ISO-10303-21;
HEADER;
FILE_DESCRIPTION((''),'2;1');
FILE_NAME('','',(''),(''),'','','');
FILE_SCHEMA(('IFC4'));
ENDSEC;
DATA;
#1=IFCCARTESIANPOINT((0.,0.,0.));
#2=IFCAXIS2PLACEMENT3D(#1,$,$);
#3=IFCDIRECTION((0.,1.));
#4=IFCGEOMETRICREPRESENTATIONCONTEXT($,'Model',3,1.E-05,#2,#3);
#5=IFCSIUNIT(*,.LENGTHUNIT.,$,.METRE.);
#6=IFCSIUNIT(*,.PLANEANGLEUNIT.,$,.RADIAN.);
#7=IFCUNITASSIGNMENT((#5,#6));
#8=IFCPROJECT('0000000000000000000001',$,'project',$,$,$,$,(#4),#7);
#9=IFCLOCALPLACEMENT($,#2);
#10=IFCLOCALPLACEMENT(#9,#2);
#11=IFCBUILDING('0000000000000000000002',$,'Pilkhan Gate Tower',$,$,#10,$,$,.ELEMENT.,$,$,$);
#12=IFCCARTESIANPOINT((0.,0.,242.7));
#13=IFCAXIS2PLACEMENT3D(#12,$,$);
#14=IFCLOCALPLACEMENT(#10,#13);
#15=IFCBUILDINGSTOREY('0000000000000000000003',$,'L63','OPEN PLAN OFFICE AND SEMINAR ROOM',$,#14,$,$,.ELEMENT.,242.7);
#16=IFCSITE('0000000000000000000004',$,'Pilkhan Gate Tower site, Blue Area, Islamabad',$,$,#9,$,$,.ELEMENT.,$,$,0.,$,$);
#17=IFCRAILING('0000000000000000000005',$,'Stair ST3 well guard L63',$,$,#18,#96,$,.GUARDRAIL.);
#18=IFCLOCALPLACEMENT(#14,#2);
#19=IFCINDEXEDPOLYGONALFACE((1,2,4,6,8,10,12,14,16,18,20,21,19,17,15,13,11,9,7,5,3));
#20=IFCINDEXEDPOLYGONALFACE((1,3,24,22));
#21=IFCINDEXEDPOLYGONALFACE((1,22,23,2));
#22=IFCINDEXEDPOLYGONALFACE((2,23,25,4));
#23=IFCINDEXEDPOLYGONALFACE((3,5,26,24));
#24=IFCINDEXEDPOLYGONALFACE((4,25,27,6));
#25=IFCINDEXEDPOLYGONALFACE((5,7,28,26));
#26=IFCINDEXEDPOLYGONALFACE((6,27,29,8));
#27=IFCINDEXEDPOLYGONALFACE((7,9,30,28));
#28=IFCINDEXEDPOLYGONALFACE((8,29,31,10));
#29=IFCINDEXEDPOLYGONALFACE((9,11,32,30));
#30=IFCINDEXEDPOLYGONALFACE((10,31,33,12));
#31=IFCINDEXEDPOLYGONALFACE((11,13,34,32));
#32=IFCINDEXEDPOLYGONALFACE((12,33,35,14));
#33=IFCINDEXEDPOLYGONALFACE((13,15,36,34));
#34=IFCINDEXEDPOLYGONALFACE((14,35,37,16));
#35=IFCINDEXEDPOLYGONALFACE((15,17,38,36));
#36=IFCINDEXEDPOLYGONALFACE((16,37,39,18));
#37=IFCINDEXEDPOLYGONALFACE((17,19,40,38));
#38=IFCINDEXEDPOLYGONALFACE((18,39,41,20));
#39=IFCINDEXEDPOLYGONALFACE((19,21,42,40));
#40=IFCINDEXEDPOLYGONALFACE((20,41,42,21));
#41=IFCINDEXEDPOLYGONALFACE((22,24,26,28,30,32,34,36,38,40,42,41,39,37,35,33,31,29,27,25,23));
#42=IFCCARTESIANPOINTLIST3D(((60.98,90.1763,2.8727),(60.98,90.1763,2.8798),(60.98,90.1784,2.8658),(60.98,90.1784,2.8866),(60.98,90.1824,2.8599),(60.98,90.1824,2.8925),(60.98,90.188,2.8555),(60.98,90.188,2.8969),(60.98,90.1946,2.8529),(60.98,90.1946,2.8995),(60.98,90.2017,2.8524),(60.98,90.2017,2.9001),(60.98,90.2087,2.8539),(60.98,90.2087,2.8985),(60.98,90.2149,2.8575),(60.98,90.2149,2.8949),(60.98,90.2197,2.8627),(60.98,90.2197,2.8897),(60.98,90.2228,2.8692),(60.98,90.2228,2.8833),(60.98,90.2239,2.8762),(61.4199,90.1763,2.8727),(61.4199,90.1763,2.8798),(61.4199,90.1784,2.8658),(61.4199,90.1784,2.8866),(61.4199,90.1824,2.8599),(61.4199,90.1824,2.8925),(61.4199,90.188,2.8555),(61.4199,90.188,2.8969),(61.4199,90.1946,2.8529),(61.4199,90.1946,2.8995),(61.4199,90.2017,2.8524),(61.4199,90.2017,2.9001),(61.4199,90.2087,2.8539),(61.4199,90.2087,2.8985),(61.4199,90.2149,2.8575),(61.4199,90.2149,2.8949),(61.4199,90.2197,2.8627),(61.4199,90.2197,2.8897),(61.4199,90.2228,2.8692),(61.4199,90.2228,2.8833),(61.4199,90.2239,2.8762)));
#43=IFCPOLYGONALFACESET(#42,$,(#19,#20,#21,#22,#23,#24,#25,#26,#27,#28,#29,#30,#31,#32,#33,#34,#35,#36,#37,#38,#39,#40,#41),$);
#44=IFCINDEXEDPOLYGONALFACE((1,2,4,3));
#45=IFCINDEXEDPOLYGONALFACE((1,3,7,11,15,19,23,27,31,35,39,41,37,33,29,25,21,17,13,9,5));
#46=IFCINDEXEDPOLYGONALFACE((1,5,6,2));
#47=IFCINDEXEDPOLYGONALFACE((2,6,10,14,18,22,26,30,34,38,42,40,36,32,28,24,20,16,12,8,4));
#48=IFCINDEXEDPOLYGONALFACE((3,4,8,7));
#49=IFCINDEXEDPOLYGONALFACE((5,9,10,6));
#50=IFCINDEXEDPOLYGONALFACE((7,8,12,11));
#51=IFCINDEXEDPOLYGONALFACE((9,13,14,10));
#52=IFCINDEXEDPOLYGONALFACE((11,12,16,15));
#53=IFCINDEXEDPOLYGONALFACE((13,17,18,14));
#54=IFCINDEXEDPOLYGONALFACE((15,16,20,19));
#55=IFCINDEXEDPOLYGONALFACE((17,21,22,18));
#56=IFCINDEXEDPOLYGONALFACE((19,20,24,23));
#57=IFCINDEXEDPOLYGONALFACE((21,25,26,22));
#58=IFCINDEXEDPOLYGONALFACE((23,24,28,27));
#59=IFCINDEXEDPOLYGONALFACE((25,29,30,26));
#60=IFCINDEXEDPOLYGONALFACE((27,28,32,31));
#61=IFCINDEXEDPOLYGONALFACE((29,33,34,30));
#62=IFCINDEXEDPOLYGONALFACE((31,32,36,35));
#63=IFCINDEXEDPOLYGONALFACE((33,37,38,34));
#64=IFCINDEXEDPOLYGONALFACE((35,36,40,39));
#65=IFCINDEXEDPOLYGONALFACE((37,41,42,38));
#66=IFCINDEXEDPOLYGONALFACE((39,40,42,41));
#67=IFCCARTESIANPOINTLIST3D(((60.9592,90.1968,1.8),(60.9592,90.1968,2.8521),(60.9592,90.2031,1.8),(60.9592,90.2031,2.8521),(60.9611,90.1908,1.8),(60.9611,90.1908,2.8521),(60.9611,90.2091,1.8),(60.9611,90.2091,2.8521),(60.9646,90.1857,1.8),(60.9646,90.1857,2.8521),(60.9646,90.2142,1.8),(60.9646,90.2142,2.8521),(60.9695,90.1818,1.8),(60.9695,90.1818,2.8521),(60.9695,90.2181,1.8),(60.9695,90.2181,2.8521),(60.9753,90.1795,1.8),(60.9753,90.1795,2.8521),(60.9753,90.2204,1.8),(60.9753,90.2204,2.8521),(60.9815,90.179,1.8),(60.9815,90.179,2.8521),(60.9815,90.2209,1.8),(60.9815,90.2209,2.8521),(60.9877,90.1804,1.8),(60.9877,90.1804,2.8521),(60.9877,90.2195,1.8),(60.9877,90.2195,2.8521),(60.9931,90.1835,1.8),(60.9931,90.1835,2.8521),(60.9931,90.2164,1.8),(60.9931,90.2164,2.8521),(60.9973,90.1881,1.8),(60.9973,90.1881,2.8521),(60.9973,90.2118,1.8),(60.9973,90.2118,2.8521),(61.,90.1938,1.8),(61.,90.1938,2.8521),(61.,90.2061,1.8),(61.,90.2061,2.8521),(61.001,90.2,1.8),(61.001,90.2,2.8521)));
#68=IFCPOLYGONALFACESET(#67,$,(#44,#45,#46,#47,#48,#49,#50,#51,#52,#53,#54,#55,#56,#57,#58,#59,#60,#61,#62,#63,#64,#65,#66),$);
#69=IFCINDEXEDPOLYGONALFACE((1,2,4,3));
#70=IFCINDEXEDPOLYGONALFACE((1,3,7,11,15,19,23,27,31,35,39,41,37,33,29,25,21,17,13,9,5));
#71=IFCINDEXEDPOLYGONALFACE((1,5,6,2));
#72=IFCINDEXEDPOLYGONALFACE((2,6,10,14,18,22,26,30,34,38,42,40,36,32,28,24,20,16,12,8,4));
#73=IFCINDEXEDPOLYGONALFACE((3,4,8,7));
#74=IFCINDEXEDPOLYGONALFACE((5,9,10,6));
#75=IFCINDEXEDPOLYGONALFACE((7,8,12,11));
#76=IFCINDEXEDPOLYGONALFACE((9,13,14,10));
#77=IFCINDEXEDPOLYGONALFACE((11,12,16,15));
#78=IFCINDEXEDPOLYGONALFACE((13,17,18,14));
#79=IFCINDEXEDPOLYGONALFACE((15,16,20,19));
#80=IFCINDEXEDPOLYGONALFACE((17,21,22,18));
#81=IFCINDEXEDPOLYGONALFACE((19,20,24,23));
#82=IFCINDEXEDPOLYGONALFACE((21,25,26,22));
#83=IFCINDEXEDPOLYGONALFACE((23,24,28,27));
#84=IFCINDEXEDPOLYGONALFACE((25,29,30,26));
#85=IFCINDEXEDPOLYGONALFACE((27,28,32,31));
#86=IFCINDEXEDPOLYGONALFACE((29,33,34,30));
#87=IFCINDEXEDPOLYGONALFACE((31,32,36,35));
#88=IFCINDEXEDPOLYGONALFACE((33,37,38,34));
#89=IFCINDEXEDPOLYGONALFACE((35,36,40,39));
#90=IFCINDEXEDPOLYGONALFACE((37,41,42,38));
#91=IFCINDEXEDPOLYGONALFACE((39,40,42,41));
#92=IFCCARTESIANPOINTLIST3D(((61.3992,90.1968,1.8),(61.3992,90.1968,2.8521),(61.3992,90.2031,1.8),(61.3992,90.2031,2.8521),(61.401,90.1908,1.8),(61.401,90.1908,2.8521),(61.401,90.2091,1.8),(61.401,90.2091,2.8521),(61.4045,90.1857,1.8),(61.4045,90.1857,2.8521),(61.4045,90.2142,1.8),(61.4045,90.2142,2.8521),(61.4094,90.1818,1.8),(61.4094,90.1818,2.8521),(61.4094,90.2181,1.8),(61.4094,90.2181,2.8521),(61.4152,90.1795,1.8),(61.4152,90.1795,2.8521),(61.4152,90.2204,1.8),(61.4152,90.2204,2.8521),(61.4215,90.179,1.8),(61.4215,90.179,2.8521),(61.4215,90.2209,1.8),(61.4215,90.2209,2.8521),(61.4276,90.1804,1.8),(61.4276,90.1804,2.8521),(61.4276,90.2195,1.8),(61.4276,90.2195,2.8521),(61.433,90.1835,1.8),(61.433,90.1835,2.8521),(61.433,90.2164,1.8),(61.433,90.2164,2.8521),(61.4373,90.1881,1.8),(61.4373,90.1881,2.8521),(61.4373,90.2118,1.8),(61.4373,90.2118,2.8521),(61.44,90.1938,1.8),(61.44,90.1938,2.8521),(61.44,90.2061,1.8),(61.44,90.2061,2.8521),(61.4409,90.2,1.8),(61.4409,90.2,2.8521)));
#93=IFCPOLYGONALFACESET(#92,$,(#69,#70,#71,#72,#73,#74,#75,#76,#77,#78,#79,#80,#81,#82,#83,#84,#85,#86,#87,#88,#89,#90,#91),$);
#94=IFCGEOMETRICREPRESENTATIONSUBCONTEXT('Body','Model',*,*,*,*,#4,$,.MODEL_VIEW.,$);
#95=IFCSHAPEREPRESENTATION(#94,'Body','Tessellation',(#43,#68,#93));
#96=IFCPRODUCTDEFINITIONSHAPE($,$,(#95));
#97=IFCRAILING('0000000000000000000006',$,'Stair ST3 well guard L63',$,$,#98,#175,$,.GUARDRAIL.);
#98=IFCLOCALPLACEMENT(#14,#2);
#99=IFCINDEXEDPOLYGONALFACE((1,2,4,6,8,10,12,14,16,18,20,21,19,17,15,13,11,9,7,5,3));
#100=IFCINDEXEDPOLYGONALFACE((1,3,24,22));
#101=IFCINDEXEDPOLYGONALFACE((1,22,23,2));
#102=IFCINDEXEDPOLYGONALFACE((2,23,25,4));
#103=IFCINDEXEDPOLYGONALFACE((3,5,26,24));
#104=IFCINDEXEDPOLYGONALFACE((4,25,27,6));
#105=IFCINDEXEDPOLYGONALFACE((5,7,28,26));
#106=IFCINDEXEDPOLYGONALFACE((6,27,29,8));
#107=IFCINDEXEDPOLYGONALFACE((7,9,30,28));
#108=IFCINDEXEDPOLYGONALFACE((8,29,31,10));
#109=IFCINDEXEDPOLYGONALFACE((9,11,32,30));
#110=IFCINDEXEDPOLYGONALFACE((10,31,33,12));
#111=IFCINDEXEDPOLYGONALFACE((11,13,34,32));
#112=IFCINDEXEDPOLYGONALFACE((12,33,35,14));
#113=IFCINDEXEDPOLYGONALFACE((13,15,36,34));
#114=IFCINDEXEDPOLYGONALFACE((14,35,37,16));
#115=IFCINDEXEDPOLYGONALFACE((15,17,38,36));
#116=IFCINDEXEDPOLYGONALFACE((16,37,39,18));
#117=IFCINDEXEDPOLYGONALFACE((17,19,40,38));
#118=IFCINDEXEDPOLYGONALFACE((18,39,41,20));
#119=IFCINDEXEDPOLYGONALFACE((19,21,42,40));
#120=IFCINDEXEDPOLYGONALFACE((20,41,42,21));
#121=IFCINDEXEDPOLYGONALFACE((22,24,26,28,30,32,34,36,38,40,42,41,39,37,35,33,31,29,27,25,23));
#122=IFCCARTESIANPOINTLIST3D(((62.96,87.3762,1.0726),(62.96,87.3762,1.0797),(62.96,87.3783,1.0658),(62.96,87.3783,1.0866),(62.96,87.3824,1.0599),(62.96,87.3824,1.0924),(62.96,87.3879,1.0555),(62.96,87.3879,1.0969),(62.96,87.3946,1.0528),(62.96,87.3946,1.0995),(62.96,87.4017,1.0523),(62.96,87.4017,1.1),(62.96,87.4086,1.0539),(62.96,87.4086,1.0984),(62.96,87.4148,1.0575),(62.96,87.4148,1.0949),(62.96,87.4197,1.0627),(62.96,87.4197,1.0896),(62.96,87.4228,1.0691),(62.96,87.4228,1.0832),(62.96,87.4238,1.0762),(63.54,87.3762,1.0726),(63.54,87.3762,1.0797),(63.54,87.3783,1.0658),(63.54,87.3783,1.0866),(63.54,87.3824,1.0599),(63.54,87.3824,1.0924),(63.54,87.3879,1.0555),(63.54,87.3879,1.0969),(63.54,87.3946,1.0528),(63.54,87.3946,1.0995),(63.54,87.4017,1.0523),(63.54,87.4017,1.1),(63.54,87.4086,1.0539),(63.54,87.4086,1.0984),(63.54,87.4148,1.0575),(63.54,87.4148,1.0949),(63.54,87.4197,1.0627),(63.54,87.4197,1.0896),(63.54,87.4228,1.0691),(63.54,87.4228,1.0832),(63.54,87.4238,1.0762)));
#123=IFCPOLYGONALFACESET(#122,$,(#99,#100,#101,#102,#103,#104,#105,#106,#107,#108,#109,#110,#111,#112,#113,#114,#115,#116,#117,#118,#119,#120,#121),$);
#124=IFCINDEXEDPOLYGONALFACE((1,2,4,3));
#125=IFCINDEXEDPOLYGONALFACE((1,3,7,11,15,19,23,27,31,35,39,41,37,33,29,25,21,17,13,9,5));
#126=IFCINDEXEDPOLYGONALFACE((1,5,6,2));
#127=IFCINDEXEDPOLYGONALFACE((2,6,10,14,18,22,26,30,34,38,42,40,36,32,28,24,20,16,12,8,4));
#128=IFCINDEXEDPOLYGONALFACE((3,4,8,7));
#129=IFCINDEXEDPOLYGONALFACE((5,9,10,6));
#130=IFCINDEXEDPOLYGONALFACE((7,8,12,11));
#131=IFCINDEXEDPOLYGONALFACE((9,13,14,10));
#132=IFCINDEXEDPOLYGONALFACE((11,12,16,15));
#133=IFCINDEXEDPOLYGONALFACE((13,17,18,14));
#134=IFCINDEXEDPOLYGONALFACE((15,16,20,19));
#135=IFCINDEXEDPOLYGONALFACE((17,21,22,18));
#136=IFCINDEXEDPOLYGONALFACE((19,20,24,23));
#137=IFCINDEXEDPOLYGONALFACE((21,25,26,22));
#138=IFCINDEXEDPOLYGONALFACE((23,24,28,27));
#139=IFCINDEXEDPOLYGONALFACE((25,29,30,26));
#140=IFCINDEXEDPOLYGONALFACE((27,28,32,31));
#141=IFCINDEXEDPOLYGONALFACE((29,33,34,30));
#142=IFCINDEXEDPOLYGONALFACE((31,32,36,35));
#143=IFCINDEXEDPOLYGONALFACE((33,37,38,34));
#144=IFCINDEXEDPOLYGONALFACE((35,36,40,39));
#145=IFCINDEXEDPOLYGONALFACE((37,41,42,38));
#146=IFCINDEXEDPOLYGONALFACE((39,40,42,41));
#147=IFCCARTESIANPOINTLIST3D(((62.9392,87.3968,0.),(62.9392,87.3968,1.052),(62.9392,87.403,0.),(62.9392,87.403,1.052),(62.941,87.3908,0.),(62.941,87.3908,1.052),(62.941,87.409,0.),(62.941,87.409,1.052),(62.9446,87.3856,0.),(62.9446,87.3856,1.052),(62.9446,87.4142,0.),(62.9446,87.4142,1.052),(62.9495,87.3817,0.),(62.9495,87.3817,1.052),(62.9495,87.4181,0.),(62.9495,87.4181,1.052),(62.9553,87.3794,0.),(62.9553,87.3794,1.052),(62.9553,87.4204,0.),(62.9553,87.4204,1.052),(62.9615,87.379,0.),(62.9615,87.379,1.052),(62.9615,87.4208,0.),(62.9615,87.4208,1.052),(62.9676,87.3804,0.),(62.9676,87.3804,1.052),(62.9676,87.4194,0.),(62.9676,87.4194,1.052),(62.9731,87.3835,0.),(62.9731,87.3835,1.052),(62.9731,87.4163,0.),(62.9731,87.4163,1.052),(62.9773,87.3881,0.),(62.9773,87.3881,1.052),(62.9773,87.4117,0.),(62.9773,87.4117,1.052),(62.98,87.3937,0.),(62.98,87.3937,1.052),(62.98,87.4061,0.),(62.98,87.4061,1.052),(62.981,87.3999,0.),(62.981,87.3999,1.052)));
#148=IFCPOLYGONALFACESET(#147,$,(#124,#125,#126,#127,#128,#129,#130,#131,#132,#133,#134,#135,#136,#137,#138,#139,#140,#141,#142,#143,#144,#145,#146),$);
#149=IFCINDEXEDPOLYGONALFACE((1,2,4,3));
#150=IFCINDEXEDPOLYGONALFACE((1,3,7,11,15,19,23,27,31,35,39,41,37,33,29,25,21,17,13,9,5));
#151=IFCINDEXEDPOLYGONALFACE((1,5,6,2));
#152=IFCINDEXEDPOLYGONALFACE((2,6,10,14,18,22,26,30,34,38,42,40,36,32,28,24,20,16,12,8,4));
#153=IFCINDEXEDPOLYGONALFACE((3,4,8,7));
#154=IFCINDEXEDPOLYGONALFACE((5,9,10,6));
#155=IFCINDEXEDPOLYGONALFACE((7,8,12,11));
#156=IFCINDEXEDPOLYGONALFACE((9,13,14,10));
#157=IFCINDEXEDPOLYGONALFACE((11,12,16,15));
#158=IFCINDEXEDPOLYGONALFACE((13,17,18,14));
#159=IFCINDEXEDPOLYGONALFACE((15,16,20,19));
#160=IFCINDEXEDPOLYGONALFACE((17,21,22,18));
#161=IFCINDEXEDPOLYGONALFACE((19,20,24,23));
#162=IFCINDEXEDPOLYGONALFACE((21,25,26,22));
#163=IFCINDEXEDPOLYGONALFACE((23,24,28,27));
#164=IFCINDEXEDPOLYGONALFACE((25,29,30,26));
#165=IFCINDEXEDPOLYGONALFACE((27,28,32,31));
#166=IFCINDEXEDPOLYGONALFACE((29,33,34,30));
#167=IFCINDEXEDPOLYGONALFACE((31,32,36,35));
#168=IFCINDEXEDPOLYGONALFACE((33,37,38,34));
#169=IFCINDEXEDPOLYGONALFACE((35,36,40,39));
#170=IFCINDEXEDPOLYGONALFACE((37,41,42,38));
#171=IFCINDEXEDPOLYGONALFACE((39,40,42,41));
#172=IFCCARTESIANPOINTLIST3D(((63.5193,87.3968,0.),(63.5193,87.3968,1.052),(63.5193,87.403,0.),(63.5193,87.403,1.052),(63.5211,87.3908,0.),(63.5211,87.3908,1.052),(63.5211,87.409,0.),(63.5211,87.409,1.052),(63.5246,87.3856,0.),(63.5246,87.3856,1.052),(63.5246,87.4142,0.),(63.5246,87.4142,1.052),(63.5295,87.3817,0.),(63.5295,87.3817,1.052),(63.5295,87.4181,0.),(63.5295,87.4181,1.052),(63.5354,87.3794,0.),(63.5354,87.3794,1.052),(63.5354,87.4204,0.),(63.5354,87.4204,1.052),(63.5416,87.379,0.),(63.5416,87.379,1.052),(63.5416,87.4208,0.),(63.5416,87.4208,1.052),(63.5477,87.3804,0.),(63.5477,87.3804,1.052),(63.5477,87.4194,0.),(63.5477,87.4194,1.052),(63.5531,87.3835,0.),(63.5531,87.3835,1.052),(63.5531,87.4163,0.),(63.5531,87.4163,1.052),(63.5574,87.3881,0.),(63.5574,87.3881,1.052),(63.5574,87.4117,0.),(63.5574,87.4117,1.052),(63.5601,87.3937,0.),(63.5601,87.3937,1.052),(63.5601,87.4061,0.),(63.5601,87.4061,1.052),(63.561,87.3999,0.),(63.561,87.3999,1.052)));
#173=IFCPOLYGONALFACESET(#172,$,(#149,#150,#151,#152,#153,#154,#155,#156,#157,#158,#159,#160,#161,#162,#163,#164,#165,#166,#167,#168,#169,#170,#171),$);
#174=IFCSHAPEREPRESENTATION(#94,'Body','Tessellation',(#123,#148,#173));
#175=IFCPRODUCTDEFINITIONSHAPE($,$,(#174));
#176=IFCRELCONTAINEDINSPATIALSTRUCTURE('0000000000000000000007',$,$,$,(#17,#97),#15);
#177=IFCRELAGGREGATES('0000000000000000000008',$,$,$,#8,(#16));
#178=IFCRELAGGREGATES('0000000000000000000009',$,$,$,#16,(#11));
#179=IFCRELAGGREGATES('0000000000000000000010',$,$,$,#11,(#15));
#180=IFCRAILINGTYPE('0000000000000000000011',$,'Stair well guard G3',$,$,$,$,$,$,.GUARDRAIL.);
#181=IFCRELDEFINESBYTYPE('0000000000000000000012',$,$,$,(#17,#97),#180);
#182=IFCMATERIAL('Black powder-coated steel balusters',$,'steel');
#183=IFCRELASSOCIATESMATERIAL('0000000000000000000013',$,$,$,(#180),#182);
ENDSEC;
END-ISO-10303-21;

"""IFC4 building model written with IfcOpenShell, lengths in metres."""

from ifc_helpers import new_model, si_unit, direction, frame, origin, origin_2d, place, context, subcontext, project, spatial, circle, extrude, material, type_object, element, save


model = new_model("IFC4")

# Units and contexts
model_context = context("Model", 3, precision=1e-05, world=origin(), true_north=direction((0.0, 1.0)))
body_context = subcontext(model_context, "Body", "Model", "MODEL_VIEW")
ifc_project = project(units=[si_unit("LENGTHUNIT", "METRE"), si_unit("PLANEANGLEUNIT", "RADIAN")], contexts=[model_context])

# Site, building, storey
site_placement = place(None, origin())
site = spatial("IfcSite", under=ifc_project, at=site_placement, Name="Pilkhan Gate Tower site, Blue Area, Islamabad", CompositionType="ELEMENT", RefElevation=0.0)
building_placement = place(site_placement, origin())
building = spatial("IfcBuilding", under=site, at=building_placement, Name="Pilkhan Gate Tower", CompositionType="ELEMENT")
storey_placement = place(building_placement, frame((0.0, 0.0, 242.7)))
storey = spatial("IfcBuildingStorey", under=building, at=storey_placement, Name="L63", Description="OPEN PLAN OFFICE AND SEMINAR ROOM", CompositionType="ELEMENT", Elevation=242.7)

# Railings
ifc_material_1 = material(Name="Black powder-coated steel balusters", Category="steel")
railing_type_1 = type_object("IfcRailingType", Name="Stair well guard G3", PredefinedType="GUARDRAIL", material=ifc_material_1)
railing_1_placement = place(storey_placement, frame((60.98, 90.2, 1.8)))
element("IfcRailing", 1, at=railing_1_placement, inside=storey, type_object=railing_type_1, Name="Stair ST3 well guard L63", PredefinedType="GUARDRAIL", context=body_context, shape_type="SweptSolid", body=[
    extrude(circle(Radius=0.0239, at=origin_2d()), frame((0.0, 0.0, 1.0762), z_axis=(1.0, 0.0, 0.0), x_axis=(0.0, 1.0, 0.0)), (0.0, 0.0, 1.0), 0.4399),
    extrude(circle(Radius=0.021, at=origin_2d()), origin(), (0.0, 0.0, 1.0), 1.052),
    extrude(circle(Radius=0.021, at=origin_2d()), frame((0.4399, 0.0, 0.0)), (0.0, 0.0, 1.0), 1.052),
])
for number, where, name in (
    (2, (62.96, 87.3999, 0.0), "Stair ST3 well guard L63"),
):
    element("IfcRailing", number, at=place(storey_placement, frame(where)), inside=storey, type_object=railing_type_1, Name=name, PredefinedType="GUARDRAIL", context=body_context, shape_type="SweptSolid", body=[
        extrude(circle(Radius=0.0239, at=origin_2d()), frame((0.0, 0.0, 1.0762), z_axis=(1.0, 0.0, 0.0), x_axis=(0.0, 1.0, 0.0)), (0.0, 0.0, 1.0), 0.5801),
        extrude(circle(Radius=0.021, at=origin_2d()), origin(), (0.0, 0.0, 1.0), 1.052),
        extrude(circle(Radius=0.021, at=origin_2d()), frame((0.5801, 0.0, 0.0)), (0.0, 0.0, 1.0), 1.052),
    ])

save(model, "model.ifc")
